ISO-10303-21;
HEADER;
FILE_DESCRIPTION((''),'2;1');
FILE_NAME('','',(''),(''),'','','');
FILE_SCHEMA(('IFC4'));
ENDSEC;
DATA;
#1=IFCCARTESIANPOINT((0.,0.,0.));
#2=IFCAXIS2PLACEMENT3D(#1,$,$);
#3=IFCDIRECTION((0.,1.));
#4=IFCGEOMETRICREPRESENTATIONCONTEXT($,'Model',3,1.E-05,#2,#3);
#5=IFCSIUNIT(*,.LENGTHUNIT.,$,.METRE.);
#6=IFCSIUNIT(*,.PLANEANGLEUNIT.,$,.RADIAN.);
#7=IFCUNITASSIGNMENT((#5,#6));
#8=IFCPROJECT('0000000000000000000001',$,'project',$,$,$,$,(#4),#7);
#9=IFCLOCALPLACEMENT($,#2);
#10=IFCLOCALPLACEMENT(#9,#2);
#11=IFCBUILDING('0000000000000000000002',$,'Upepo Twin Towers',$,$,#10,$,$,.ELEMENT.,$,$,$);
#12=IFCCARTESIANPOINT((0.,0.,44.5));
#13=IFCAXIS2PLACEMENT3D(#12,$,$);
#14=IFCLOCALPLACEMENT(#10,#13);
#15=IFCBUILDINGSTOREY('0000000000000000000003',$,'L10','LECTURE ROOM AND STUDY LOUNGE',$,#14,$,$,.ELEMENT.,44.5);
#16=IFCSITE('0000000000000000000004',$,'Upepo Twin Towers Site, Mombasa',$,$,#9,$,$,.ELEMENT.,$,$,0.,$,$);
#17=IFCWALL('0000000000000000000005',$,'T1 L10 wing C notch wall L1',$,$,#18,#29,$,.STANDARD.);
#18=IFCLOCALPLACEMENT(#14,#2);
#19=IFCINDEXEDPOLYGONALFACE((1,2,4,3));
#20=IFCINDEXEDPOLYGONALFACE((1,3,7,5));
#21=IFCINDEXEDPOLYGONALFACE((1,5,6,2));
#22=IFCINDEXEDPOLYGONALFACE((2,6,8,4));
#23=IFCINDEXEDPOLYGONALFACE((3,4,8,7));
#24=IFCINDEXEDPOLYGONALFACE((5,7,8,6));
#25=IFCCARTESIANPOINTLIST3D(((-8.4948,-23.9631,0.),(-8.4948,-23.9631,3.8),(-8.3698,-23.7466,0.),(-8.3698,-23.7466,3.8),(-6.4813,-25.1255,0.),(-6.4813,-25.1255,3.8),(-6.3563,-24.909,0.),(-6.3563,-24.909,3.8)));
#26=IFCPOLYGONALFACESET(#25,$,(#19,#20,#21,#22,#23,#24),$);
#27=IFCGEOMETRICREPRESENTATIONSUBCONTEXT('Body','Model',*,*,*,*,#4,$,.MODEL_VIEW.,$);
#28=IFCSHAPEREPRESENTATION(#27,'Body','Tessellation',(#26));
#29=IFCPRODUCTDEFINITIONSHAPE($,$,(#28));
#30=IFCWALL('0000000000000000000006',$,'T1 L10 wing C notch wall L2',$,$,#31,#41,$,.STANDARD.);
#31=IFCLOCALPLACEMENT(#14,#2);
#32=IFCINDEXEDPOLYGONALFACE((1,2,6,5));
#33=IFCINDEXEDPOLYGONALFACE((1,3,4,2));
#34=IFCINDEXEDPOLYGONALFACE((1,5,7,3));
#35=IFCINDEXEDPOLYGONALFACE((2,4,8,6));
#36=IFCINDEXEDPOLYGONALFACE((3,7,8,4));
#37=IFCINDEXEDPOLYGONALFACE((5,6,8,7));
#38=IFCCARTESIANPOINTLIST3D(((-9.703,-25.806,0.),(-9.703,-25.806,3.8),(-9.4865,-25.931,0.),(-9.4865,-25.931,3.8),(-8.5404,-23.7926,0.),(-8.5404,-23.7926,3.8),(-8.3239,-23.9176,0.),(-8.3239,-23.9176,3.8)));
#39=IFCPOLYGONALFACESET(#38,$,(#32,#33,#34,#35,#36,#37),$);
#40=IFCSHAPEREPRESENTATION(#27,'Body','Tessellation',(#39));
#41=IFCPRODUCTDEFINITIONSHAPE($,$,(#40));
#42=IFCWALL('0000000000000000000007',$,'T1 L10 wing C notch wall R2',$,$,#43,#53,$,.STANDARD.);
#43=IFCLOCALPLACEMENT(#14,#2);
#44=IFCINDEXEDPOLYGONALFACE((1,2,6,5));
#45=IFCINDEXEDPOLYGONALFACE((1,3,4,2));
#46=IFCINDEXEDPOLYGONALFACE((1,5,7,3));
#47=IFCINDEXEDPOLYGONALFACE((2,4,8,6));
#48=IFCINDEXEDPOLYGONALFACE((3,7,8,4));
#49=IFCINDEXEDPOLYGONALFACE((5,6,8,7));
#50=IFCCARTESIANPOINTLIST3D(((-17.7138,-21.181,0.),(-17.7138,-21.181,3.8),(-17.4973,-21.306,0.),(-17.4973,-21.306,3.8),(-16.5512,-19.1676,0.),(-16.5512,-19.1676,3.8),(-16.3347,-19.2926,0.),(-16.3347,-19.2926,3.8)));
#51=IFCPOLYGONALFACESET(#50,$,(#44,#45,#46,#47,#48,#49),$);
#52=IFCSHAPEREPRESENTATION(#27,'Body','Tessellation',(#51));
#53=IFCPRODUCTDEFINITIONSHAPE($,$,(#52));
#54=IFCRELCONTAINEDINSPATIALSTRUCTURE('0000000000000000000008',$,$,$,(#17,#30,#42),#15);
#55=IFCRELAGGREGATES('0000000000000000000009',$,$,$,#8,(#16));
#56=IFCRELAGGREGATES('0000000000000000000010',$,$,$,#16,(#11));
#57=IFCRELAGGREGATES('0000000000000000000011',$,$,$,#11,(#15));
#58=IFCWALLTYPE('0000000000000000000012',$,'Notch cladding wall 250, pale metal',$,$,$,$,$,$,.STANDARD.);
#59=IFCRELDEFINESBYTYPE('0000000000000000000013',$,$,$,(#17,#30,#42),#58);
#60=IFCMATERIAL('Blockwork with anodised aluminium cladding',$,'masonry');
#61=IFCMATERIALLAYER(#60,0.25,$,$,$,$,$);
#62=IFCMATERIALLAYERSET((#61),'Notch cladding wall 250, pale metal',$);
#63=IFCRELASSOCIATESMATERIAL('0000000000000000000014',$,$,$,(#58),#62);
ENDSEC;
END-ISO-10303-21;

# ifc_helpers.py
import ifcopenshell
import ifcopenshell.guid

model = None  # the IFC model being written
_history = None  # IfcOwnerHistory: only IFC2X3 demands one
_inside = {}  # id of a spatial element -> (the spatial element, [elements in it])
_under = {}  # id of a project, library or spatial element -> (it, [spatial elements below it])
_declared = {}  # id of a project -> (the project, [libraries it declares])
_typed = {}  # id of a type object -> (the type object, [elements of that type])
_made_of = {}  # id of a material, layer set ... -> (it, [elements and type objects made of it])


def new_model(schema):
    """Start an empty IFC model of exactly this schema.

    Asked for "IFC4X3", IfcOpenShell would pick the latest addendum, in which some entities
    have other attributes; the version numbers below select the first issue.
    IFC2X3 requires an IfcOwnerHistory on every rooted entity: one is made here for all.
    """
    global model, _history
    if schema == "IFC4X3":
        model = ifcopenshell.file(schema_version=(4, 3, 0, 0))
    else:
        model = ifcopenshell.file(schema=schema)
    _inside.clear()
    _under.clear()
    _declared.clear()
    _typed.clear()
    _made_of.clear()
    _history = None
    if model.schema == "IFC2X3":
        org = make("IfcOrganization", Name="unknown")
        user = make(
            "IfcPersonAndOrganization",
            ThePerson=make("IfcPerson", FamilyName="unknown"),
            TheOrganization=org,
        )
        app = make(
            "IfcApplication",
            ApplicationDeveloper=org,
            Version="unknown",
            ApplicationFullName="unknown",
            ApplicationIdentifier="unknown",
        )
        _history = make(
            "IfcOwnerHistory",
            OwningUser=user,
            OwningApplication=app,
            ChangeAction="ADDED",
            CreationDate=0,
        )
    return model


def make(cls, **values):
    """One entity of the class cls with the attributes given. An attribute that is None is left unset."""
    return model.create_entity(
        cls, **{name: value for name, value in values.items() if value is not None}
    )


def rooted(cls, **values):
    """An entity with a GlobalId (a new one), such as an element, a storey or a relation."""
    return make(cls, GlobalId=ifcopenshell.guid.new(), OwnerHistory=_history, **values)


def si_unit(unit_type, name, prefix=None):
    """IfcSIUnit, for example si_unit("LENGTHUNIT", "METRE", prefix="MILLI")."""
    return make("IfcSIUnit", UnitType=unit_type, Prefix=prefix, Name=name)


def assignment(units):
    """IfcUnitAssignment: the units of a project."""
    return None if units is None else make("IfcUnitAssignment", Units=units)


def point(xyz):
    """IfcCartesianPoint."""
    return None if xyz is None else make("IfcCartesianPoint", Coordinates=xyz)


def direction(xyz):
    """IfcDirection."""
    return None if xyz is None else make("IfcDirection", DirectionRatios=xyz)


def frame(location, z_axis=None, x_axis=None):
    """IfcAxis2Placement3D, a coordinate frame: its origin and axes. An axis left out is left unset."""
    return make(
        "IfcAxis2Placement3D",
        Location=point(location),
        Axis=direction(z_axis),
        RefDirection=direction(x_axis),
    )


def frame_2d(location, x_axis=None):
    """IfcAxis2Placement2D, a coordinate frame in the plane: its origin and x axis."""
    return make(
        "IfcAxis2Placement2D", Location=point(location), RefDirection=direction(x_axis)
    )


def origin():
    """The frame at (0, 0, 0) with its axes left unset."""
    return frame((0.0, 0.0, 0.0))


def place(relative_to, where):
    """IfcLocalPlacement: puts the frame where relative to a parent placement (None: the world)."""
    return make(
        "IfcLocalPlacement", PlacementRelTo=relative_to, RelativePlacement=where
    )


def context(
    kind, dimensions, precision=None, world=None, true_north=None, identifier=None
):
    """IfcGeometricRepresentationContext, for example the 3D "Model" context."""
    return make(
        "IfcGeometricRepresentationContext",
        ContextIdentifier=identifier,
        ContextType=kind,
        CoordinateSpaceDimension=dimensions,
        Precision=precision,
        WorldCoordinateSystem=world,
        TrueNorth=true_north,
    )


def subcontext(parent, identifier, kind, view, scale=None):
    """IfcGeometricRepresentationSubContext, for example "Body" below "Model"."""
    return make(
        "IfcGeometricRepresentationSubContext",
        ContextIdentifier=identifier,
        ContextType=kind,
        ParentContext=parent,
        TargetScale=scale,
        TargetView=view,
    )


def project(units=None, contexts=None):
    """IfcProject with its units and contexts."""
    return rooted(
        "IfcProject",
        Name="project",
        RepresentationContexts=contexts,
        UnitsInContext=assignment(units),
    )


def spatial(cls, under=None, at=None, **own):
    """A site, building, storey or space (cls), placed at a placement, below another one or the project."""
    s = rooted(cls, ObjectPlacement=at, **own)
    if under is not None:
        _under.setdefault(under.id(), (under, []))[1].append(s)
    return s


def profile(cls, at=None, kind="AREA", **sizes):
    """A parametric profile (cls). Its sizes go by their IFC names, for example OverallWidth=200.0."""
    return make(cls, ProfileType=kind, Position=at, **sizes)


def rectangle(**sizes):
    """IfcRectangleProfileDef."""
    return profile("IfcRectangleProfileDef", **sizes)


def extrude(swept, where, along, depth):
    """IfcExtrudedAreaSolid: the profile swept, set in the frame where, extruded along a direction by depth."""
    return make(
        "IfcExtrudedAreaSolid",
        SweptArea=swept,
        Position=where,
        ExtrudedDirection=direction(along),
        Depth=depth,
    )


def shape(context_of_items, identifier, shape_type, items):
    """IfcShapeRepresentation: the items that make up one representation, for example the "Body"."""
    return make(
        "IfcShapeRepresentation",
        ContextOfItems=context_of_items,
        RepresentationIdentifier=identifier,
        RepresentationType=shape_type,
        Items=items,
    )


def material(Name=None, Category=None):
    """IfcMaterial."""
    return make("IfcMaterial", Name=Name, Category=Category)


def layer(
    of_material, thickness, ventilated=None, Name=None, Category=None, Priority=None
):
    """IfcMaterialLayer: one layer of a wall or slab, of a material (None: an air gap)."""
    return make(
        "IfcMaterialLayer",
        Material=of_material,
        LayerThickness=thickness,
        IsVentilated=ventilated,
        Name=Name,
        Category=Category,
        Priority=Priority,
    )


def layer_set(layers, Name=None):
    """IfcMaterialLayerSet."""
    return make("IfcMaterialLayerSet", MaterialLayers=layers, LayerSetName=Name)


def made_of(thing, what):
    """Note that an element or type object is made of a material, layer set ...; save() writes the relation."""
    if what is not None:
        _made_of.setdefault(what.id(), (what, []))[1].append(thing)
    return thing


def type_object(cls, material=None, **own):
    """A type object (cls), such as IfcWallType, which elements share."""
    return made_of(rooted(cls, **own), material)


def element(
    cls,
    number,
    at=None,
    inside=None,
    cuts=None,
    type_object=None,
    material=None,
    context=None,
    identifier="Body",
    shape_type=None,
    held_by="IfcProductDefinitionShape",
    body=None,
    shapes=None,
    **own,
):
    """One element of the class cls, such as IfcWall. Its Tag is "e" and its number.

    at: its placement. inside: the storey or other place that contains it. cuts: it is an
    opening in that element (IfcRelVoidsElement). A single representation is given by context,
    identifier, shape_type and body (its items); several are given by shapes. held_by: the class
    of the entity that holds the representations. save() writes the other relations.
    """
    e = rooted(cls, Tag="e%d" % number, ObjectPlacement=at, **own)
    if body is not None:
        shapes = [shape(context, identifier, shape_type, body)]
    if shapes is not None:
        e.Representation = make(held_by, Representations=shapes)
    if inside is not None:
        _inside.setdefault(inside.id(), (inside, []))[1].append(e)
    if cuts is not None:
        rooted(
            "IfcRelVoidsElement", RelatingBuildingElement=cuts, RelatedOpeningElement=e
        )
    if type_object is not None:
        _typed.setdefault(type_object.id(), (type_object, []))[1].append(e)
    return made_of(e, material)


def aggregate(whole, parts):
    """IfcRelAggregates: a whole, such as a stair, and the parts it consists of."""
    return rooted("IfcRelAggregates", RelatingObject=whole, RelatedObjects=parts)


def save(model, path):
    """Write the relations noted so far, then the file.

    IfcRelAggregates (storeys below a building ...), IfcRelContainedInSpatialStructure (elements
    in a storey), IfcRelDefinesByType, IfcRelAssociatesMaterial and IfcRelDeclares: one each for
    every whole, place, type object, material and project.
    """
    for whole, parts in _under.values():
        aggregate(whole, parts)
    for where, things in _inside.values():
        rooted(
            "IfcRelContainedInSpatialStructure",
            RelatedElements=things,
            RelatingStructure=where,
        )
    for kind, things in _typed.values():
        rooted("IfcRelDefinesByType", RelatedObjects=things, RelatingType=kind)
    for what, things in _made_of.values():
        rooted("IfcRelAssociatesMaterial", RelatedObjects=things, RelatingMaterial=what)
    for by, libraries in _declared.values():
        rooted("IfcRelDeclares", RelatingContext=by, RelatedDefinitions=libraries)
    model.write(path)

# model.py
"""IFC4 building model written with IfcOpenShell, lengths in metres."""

from ifc_helpers import new_model, si_unit, direction, frame, frame_2d, origin, place, context, subcontext, project, spatial, rectangle, extrude, material, layer, layer_set, type_object, element, save


model = new_model("IFC4")

# Units and contexts
model_context = context("Model", 3, precision=1e-05, world=origin(), true_north=direction((0.0, 1.0)))
body_context = subcontext(model_context, "Body", "Model", "MODEL_VIEW")
ifc_project = project(units=[si_unit("LENGTHUNIT", "METRE"), si_unit("PLANEANGLEUNIT", "RADIAN")], contexts=[model_context])

# Site, building, storey
site_placement = place(None, origin())
site = spatial("IfcSite", under=ifc_project, at=site_placement, Name="Upepo Twin Towers Site, Mombasa", CompositionType="ELEMENT", RefElevation=0.0)
building_placement = place(site_placement, origin())
building = spatial("IfcBuilding", under=site, at=building_placement, Name="Upepo Twin Towers", CompositionType="ELEMENT")
storey_placement = place(building_placement, frame((0.0, 0.0, 44.5)))
storey = spatial("IfcBuildingStorey", under=building, at=storey_placement, Name="L10", Description="LECTURE ROOM AND STUDY LOUNGE", CompositionType="ELEMENT", Elevation=44.5)

# Walls
ifc_material_1 = material(Name="Blockwork with anodised aluminium cladding", Category="masonry")
ifc_layer_1 = layer(ifc_material_1, 0.25)
ifc_layer_set_1 = layer_set([ifc_layer_1], Name="Notch cladding wall 250, pale metal")
wall_type_1 = type_object("IfcWallType", Name="Notch cladding wall 250, pale metal", PredefinedType="STANDARD", material=ifc_layer_set_1)
for number, where, z_axis, x_axis, name in (
    (1, (-6.4187, -25.0173, 0.0), (0.0, 0.0, 1.0), (-0.866044, 0.499968, 0.0), "T1 L10 wing C notch wall L1"),
    (2, (-8.4321, -23.855, 0.0), (0.0, 0.0, 1.0), (-0.500047, -0.865998, 0.0), "T1 L10 wing C notch wall L2"),
    (3, (-16.4429, -19.23, 0.0), (0.0, 0.0, 1.0), (-0.500047, -0.865998, 0.0), "T1 L10 wing C notch wall R2"),
):
    element("IfcWall", number, at=place(storey_placement, frame(where, z_axis=z_axis, x_axis=x_axis)), inside=storey, type_object=wall_type_1, Name=name, PredefinedType="STANDARD", context=body_context, shape_type="SweptSolid", body=[
        extrude(rectangle(XDim=2.325, YDim=0.25, at=frame_2d((1.1626, 0.0))), origin(), (0.0, 0.0, 1.0), 3.8),
    ])

save(model, "model.ifc")
